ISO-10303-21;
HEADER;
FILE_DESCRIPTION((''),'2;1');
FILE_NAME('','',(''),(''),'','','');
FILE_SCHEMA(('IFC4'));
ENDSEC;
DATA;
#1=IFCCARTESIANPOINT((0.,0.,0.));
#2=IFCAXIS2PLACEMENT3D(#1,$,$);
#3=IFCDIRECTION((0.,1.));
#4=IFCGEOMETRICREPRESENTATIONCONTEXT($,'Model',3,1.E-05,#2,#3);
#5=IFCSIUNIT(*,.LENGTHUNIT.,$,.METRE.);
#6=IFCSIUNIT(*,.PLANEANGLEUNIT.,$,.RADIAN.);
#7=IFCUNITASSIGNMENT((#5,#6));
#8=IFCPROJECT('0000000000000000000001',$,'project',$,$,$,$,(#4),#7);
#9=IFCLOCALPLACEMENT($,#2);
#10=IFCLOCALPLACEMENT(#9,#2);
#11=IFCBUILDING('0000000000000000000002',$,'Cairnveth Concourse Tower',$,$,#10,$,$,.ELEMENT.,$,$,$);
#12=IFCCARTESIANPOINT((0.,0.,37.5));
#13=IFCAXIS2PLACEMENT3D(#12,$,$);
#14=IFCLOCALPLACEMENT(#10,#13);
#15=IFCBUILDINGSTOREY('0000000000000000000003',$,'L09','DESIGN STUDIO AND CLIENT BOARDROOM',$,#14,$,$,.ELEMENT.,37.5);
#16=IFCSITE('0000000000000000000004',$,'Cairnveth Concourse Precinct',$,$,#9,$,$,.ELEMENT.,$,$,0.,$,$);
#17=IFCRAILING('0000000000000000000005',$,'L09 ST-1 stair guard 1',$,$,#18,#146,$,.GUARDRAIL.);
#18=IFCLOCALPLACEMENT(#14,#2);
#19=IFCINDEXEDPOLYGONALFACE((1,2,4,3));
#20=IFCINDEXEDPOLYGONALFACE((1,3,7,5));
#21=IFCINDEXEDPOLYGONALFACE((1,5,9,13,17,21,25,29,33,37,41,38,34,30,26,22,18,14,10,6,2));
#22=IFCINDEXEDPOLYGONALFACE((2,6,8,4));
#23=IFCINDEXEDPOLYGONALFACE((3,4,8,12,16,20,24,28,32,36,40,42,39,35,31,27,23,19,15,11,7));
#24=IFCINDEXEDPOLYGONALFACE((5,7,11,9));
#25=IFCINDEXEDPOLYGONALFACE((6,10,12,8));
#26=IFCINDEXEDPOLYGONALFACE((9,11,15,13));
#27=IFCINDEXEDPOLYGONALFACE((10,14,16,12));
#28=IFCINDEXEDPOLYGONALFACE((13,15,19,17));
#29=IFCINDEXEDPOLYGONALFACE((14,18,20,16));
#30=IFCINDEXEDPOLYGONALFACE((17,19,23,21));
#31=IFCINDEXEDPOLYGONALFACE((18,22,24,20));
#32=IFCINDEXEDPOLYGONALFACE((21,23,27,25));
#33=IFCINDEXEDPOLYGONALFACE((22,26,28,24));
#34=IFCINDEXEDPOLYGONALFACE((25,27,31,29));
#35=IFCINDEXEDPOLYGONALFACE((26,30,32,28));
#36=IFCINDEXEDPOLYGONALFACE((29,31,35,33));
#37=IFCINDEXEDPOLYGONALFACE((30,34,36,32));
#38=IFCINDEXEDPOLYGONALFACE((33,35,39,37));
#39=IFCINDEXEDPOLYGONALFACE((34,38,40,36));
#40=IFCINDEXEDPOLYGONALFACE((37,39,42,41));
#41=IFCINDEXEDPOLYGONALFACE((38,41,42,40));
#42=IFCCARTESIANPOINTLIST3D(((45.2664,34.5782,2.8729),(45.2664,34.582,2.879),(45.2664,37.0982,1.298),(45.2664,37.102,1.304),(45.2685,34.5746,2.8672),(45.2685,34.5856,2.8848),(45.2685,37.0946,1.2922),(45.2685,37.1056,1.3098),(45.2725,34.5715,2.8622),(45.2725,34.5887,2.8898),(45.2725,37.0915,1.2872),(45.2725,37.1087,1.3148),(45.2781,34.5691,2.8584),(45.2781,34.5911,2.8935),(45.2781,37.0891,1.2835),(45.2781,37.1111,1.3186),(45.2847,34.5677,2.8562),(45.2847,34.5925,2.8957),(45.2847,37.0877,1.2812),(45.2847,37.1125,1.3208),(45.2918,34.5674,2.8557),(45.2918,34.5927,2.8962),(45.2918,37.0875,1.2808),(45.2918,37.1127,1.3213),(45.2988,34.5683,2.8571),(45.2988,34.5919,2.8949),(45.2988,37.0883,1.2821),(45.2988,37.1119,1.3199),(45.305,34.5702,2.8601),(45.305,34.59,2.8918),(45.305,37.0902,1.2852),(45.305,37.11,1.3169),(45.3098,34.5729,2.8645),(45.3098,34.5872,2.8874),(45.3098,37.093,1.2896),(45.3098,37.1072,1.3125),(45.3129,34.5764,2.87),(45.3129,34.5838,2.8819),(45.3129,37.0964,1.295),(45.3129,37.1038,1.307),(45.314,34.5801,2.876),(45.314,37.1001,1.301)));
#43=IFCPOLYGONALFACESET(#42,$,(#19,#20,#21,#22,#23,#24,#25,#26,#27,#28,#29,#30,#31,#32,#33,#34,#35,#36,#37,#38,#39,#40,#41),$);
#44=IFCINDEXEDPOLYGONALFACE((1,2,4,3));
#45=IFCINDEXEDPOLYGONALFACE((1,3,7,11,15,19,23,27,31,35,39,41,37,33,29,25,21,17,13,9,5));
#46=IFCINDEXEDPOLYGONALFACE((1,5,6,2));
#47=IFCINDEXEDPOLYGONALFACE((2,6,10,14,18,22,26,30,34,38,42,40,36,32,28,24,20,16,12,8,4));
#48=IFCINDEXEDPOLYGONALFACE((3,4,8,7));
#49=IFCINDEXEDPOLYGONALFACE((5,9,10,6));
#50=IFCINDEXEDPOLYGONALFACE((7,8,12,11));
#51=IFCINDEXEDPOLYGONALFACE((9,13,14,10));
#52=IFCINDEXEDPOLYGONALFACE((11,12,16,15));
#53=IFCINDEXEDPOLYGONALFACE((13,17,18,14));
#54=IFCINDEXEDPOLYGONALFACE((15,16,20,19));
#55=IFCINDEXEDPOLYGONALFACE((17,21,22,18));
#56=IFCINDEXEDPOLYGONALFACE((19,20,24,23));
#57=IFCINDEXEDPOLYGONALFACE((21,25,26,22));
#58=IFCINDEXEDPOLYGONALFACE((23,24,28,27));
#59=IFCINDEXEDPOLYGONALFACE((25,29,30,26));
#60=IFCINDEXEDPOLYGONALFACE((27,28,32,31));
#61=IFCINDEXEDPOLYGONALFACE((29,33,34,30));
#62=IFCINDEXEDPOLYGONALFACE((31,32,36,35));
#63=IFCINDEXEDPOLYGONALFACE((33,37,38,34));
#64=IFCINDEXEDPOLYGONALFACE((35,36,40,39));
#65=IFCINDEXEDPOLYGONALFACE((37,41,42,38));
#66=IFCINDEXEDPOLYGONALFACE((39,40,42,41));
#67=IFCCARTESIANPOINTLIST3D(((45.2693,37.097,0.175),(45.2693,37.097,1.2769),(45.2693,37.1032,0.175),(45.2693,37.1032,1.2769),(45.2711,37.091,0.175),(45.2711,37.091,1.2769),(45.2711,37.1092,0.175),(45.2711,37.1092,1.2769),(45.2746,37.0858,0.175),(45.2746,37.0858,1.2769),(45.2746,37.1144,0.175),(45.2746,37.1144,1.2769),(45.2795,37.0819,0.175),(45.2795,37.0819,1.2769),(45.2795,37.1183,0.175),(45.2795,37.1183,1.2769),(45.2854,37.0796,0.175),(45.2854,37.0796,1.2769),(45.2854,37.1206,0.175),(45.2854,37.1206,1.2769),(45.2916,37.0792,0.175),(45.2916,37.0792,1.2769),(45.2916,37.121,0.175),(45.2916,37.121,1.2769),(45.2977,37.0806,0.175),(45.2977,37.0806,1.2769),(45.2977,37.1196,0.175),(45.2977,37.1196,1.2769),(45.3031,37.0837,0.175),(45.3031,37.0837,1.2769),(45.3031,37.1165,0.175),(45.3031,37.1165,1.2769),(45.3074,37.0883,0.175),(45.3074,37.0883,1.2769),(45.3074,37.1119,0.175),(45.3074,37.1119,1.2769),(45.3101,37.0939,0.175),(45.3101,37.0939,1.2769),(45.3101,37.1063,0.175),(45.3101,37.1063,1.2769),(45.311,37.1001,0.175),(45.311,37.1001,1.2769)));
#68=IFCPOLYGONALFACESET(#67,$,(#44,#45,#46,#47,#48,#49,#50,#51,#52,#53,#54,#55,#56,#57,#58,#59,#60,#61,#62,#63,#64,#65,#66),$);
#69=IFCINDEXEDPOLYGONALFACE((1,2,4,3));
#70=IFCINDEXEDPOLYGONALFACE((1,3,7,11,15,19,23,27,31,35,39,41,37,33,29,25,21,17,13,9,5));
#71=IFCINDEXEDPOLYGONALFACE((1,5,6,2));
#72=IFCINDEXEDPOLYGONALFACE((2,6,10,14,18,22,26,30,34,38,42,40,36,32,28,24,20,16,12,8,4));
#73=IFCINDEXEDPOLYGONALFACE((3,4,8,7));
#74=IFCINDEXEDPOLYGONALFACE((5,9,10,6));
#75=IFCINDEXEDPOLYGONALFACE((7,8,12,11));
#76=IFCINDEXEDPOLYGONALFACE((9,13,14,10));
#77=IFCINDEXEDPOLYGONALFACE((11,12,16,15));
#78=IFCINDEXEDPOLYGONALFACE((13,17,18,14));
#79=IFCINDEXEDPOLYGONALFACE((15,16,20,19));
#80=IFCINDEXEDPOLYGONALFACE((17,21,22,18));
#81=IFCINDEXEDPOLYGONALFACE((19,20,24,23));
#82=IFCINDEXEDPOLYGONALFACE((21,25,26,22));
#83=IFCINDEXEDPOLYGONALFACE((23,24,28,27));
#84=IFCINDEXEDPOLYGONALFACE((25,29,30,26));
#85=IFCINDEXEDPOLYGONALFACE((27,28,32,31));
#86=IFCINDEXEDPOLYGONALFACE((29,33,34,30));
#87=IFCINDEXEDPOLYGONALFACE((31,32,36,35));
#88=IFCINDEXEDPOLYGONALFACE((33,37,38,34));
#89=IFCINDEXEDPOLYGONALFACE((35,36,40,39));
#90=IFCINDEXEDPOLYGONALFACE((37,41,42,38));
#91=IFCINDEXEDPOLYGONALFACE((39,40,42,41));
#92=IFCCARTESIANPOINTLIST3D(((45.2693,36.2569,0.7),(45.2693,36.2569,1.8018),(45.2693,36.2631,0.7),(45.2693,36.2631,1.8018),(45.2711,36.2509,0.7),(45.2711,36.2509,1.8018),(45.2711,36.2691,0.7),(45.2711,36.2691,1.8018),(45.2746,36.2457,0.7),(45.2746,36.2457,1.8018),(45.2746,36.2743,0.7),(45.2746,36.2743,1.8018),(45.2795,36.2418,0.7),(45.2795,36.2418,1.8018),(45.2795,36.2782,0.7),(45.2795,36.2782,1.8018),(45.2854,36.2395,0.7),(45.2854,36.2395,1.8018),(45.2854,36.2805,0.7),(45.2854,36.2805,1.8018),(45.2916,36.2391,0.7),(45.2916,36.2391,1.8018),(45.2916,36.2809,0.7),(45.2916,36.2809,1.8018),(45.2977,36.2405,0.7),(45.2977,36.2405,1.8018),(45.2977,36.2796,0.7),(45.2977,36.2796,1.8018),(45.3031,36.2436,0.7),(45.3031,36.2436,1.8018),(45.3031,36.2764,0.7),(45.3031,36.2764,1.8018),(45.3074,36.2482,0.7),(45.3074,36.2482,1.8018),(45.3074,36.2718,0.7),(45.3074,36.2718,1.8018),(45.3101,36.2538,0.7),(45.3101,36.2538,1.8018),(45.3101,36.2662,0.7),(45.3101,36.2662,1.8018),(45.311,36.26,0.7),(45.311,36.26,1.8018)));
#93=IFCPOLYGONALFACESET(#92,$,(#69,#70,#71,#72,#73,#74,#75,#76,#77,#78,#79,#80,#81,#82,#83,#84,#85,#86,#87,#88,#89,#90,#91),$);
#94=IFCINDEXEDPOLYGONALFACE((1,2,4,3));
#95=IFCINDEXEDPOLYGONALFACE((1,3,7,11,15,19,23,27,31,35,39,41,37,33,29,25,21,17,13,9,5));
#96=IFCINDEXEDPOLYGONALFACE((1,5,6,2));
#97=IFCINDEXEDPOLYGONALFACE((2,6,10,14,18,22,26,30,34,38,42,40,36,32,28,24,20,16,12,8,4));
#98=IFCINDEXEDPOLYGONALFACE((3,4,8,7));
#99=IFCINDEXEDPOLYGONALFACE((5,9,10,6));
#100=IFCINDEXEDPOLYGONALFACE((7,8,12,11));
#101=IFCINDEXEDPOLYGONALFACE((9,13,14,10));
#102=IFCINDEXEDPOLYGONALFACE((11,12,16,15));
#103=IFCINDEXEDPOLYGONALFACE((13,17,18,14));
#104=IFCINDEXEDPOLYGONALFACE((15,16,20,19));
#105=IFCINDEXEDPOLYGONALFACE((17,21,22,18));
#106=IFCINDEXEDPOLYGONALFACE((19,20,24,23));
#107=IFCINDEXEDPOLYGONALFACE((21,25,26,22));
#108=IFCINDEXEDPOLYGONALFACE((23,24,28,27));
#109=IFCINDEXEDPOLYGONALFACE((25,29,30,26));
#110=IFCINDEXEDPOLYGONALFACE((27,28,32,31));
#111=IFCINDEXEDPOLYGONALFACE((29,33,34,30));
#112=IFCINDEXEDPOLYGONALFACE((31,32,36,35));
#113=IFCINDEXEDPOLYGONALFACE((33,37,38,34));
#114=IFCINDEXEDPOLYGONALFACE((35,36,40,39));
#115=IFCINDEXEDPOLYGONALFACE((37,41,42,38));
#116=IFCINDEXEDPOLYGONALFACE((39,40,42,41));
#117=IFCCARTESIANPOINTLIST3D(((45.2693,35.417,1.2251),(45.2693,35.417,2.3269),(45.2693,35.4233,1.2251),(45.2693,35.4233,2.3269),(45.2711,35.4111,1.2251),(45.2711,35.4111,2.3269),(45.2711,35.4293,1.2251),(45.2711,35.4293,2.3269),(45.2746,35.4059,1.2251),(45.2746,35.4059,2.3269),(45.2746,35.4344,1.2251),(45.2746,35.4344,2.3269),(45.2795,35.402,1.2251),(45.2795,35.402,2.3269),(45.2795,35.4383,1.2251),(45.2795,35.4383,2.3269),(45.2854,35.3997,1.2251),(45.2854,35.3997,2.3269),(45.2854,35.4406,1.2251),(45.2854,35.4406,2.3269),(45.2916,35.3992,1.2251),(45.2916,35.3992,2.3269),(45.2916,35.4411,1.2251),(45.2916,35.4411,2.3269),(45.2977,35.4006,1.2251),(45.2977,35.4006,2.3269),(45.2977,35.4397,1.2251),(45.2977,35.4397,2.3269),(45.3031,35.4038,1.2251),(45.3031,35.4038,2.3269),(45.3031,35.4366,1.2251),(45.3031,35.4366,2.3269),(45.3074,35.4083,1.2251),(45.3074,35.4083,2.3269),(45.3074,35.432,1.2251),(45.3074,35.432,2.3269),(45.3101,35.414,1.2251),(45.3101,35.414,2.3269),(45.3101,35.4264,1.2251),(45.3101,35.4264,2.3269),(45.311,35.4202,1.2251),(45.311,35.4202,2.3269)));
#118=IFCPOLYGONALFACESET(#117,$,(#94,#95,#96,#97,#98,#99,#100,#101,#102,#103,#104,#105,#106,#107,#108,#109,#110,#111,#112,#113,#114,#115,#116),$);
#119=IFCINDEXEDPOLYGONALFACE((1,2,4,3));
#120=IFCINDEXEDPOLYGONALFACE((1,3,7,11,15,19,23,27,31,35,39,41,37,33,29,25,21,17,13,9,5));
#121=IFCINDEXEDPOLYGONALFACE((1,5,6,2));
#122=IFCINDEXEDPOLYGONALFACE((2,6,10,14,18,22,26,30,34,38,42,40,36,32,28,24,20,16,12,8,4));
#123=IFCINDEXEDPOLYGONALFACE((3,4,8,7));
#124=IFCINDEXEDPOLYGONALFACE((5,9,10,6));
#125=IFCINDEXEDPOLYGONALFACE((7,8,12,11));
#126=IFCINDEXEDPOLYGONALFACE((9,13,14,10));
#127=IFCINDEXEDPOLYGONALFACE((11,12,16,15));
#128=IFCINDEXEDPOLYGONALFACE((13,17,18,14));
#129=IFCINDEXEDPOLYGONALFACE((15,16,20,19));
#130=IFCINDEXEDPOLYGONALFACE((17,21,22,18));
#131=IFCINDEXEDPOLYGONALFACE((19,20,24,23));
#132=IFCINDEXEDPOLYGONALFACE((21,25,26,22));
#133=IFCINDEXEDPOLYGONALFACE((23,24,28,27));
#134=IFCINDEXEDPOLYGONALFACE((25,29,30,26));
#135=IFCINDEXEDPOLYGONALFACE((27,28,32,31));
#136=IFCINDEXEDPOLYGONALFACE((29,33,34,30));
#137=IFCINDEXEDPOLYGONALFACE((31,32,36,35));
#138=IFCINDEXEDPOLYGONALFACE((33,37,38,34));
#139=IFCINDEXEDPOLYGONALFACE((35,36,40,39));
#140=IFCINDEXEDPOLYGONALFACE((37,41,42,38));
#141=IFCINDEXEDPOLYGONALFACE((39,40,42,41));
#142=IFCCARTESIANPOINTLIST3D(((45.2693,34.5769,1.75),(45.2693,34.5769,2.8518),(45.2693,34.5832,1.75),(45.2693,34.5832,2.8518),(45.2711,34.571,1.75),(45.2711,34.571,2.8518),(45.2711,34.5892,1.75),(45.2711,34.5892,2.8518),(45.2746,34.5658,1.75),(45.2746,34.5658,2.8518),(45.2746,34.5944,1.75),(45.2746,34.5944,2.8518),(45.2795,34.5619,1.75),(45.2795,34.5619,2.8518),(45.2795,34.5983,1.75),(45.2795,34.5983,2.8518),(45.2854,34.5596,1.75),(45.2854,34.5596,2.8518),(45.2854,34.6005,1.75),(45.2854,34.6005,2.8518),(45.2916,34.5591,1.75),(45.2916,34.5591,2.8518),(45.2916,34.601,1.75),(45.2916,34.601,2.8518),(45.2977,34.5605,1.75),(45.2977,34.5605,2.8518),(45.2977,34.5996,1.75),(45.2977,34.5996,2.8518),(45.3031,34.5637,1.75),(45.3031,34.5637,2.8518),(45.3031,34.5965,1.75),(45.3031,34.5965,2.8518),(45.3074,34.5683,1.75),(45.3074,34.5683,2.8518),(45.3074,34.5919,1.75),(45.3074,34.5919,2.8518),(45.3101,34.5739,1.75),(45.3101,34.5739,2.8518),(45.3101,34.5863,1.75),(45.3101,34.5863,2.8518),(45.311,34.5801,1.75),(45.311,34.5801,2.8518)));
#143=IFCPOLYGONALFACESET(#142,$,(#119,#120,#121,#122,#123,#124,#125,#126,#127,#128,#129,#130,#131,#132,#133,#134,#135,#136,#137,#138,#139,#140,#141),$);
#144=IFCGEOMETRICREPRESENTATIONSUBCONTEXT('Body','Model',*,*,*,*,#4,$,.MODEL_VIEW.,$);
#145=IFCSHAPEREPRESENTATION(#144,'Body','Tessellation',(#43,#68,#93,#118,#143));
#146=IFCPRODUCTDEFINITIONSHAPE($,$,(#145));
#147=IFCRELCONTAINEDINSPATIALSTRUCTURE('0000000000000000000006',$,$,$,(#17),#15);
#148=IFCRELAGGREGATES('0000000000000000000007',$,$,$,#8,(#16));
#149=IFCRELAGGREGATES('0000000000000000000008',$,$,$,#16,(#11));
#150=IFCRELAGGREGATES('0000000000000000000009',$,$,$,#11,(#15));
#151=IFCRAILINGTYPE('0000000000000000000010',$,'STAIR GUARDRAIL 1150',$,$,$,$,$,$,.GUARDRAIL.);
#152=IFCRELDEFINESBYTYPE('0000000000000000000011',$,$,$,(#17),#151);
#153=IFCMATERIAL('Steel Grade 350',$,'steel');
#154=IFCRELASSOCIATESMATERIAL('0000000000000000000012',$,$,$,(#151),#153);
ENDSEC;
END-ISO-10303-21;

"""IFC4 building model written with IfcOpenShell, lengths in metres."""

from ifc_helpers import new_model, si_unit, direction, frame, origin, origin_2d, place, context, subcontext, project, spatial, circle, extrude, material, type_object, element, save


model = new_model("IFC4")

# Units and contexts
model_context = context("Model", 3, precision=1e-05, world=origin(), true_north=direction((0.0, 1.0)))
body_context = subcontext(model_context, "Body", "Model", "MODEL_VIEW")
ifc_project = project(units=[si_unit("LENGTHUNIT", "METRE"), si_unit("PLANEANGLEUNIT", "RADIAN")], contexts=[model_context])

# Site, building, storey
site_placement = place(None, origin())
site = spatial("IfcSite", under=ifc_project, at=site_placement, Name="Cairnveth Concourse Precinct", CompositionType="ELEMENT", RefElevation=0.0)
building_placement = place(site_placement, origin())
building = spatial("IfcBuilding", under=site, at=building_placement, Name="Cairnveth Concourse Tower", CompositionType="ELEMENT")
storey_placement = place(building_placement, frame((0.0, 0.0, 37.5)))
storey = spatial("IfcBuildingStorey", under=building, at=storey_placement, Name="L09", Description="DESIGN STUDIO AND CLIENT BOARDROOM", CompositionType="ELEMENT", Elevation=37.5)

# Shared definitions
ifc_material_1 = material(Name="Steel Grade 350", Category="steel")

# Railing
railing_type = type_object("IfcRailingType", Name="STAIR GUARDRAIL 1150", PredefinedType="GUARDRAIL", material=ifc_material_1)
railing_1_placement = place(storey_placement, frame((45.29, 37.1001, 0.175)))
element("IfcRailing", 1, at=railing_1_placement, inside=storey, type_object=railing_type, Name="L09 ST-1 stair guard 1", PredefinedType="GUARDRAIL", context=body_context, shape_type="SweptSolid", body=[
    extrude(circle(Radius=0.0239, at=origin_2d()), frame((0.0, 0.0, 1.126), z_axis=(0.0, -0.848008, 0.529984), x_axis=(1.0, 0.0, 0.0)), (0.0, 0.0, 1.0), 2.9717),
    extrude(circle(Radius=0.021, at=origin_2d()), origin(), (0.0, 0.0, 1.0), 1.1018),
    extrude(circle(Radius=0.021, at=origin_2d()), frame((0.0, -0.8401, 0.5249)), (0.0, 0.0, 1.0), 1.1018),
    extrude(circle(Radius=0.021, at=origin_2d()), frame((0.0, -1.6799, 1.05)), (0.0, 0.0, 1.0), 1.1018),
    extrude(circle(Radius=0.021, at=origin_2d()), frame((0.0, -2.52, 1.575)), (0.0, 0.0, 1.0), 1.1018),
])

save(model, "model.ifc")
